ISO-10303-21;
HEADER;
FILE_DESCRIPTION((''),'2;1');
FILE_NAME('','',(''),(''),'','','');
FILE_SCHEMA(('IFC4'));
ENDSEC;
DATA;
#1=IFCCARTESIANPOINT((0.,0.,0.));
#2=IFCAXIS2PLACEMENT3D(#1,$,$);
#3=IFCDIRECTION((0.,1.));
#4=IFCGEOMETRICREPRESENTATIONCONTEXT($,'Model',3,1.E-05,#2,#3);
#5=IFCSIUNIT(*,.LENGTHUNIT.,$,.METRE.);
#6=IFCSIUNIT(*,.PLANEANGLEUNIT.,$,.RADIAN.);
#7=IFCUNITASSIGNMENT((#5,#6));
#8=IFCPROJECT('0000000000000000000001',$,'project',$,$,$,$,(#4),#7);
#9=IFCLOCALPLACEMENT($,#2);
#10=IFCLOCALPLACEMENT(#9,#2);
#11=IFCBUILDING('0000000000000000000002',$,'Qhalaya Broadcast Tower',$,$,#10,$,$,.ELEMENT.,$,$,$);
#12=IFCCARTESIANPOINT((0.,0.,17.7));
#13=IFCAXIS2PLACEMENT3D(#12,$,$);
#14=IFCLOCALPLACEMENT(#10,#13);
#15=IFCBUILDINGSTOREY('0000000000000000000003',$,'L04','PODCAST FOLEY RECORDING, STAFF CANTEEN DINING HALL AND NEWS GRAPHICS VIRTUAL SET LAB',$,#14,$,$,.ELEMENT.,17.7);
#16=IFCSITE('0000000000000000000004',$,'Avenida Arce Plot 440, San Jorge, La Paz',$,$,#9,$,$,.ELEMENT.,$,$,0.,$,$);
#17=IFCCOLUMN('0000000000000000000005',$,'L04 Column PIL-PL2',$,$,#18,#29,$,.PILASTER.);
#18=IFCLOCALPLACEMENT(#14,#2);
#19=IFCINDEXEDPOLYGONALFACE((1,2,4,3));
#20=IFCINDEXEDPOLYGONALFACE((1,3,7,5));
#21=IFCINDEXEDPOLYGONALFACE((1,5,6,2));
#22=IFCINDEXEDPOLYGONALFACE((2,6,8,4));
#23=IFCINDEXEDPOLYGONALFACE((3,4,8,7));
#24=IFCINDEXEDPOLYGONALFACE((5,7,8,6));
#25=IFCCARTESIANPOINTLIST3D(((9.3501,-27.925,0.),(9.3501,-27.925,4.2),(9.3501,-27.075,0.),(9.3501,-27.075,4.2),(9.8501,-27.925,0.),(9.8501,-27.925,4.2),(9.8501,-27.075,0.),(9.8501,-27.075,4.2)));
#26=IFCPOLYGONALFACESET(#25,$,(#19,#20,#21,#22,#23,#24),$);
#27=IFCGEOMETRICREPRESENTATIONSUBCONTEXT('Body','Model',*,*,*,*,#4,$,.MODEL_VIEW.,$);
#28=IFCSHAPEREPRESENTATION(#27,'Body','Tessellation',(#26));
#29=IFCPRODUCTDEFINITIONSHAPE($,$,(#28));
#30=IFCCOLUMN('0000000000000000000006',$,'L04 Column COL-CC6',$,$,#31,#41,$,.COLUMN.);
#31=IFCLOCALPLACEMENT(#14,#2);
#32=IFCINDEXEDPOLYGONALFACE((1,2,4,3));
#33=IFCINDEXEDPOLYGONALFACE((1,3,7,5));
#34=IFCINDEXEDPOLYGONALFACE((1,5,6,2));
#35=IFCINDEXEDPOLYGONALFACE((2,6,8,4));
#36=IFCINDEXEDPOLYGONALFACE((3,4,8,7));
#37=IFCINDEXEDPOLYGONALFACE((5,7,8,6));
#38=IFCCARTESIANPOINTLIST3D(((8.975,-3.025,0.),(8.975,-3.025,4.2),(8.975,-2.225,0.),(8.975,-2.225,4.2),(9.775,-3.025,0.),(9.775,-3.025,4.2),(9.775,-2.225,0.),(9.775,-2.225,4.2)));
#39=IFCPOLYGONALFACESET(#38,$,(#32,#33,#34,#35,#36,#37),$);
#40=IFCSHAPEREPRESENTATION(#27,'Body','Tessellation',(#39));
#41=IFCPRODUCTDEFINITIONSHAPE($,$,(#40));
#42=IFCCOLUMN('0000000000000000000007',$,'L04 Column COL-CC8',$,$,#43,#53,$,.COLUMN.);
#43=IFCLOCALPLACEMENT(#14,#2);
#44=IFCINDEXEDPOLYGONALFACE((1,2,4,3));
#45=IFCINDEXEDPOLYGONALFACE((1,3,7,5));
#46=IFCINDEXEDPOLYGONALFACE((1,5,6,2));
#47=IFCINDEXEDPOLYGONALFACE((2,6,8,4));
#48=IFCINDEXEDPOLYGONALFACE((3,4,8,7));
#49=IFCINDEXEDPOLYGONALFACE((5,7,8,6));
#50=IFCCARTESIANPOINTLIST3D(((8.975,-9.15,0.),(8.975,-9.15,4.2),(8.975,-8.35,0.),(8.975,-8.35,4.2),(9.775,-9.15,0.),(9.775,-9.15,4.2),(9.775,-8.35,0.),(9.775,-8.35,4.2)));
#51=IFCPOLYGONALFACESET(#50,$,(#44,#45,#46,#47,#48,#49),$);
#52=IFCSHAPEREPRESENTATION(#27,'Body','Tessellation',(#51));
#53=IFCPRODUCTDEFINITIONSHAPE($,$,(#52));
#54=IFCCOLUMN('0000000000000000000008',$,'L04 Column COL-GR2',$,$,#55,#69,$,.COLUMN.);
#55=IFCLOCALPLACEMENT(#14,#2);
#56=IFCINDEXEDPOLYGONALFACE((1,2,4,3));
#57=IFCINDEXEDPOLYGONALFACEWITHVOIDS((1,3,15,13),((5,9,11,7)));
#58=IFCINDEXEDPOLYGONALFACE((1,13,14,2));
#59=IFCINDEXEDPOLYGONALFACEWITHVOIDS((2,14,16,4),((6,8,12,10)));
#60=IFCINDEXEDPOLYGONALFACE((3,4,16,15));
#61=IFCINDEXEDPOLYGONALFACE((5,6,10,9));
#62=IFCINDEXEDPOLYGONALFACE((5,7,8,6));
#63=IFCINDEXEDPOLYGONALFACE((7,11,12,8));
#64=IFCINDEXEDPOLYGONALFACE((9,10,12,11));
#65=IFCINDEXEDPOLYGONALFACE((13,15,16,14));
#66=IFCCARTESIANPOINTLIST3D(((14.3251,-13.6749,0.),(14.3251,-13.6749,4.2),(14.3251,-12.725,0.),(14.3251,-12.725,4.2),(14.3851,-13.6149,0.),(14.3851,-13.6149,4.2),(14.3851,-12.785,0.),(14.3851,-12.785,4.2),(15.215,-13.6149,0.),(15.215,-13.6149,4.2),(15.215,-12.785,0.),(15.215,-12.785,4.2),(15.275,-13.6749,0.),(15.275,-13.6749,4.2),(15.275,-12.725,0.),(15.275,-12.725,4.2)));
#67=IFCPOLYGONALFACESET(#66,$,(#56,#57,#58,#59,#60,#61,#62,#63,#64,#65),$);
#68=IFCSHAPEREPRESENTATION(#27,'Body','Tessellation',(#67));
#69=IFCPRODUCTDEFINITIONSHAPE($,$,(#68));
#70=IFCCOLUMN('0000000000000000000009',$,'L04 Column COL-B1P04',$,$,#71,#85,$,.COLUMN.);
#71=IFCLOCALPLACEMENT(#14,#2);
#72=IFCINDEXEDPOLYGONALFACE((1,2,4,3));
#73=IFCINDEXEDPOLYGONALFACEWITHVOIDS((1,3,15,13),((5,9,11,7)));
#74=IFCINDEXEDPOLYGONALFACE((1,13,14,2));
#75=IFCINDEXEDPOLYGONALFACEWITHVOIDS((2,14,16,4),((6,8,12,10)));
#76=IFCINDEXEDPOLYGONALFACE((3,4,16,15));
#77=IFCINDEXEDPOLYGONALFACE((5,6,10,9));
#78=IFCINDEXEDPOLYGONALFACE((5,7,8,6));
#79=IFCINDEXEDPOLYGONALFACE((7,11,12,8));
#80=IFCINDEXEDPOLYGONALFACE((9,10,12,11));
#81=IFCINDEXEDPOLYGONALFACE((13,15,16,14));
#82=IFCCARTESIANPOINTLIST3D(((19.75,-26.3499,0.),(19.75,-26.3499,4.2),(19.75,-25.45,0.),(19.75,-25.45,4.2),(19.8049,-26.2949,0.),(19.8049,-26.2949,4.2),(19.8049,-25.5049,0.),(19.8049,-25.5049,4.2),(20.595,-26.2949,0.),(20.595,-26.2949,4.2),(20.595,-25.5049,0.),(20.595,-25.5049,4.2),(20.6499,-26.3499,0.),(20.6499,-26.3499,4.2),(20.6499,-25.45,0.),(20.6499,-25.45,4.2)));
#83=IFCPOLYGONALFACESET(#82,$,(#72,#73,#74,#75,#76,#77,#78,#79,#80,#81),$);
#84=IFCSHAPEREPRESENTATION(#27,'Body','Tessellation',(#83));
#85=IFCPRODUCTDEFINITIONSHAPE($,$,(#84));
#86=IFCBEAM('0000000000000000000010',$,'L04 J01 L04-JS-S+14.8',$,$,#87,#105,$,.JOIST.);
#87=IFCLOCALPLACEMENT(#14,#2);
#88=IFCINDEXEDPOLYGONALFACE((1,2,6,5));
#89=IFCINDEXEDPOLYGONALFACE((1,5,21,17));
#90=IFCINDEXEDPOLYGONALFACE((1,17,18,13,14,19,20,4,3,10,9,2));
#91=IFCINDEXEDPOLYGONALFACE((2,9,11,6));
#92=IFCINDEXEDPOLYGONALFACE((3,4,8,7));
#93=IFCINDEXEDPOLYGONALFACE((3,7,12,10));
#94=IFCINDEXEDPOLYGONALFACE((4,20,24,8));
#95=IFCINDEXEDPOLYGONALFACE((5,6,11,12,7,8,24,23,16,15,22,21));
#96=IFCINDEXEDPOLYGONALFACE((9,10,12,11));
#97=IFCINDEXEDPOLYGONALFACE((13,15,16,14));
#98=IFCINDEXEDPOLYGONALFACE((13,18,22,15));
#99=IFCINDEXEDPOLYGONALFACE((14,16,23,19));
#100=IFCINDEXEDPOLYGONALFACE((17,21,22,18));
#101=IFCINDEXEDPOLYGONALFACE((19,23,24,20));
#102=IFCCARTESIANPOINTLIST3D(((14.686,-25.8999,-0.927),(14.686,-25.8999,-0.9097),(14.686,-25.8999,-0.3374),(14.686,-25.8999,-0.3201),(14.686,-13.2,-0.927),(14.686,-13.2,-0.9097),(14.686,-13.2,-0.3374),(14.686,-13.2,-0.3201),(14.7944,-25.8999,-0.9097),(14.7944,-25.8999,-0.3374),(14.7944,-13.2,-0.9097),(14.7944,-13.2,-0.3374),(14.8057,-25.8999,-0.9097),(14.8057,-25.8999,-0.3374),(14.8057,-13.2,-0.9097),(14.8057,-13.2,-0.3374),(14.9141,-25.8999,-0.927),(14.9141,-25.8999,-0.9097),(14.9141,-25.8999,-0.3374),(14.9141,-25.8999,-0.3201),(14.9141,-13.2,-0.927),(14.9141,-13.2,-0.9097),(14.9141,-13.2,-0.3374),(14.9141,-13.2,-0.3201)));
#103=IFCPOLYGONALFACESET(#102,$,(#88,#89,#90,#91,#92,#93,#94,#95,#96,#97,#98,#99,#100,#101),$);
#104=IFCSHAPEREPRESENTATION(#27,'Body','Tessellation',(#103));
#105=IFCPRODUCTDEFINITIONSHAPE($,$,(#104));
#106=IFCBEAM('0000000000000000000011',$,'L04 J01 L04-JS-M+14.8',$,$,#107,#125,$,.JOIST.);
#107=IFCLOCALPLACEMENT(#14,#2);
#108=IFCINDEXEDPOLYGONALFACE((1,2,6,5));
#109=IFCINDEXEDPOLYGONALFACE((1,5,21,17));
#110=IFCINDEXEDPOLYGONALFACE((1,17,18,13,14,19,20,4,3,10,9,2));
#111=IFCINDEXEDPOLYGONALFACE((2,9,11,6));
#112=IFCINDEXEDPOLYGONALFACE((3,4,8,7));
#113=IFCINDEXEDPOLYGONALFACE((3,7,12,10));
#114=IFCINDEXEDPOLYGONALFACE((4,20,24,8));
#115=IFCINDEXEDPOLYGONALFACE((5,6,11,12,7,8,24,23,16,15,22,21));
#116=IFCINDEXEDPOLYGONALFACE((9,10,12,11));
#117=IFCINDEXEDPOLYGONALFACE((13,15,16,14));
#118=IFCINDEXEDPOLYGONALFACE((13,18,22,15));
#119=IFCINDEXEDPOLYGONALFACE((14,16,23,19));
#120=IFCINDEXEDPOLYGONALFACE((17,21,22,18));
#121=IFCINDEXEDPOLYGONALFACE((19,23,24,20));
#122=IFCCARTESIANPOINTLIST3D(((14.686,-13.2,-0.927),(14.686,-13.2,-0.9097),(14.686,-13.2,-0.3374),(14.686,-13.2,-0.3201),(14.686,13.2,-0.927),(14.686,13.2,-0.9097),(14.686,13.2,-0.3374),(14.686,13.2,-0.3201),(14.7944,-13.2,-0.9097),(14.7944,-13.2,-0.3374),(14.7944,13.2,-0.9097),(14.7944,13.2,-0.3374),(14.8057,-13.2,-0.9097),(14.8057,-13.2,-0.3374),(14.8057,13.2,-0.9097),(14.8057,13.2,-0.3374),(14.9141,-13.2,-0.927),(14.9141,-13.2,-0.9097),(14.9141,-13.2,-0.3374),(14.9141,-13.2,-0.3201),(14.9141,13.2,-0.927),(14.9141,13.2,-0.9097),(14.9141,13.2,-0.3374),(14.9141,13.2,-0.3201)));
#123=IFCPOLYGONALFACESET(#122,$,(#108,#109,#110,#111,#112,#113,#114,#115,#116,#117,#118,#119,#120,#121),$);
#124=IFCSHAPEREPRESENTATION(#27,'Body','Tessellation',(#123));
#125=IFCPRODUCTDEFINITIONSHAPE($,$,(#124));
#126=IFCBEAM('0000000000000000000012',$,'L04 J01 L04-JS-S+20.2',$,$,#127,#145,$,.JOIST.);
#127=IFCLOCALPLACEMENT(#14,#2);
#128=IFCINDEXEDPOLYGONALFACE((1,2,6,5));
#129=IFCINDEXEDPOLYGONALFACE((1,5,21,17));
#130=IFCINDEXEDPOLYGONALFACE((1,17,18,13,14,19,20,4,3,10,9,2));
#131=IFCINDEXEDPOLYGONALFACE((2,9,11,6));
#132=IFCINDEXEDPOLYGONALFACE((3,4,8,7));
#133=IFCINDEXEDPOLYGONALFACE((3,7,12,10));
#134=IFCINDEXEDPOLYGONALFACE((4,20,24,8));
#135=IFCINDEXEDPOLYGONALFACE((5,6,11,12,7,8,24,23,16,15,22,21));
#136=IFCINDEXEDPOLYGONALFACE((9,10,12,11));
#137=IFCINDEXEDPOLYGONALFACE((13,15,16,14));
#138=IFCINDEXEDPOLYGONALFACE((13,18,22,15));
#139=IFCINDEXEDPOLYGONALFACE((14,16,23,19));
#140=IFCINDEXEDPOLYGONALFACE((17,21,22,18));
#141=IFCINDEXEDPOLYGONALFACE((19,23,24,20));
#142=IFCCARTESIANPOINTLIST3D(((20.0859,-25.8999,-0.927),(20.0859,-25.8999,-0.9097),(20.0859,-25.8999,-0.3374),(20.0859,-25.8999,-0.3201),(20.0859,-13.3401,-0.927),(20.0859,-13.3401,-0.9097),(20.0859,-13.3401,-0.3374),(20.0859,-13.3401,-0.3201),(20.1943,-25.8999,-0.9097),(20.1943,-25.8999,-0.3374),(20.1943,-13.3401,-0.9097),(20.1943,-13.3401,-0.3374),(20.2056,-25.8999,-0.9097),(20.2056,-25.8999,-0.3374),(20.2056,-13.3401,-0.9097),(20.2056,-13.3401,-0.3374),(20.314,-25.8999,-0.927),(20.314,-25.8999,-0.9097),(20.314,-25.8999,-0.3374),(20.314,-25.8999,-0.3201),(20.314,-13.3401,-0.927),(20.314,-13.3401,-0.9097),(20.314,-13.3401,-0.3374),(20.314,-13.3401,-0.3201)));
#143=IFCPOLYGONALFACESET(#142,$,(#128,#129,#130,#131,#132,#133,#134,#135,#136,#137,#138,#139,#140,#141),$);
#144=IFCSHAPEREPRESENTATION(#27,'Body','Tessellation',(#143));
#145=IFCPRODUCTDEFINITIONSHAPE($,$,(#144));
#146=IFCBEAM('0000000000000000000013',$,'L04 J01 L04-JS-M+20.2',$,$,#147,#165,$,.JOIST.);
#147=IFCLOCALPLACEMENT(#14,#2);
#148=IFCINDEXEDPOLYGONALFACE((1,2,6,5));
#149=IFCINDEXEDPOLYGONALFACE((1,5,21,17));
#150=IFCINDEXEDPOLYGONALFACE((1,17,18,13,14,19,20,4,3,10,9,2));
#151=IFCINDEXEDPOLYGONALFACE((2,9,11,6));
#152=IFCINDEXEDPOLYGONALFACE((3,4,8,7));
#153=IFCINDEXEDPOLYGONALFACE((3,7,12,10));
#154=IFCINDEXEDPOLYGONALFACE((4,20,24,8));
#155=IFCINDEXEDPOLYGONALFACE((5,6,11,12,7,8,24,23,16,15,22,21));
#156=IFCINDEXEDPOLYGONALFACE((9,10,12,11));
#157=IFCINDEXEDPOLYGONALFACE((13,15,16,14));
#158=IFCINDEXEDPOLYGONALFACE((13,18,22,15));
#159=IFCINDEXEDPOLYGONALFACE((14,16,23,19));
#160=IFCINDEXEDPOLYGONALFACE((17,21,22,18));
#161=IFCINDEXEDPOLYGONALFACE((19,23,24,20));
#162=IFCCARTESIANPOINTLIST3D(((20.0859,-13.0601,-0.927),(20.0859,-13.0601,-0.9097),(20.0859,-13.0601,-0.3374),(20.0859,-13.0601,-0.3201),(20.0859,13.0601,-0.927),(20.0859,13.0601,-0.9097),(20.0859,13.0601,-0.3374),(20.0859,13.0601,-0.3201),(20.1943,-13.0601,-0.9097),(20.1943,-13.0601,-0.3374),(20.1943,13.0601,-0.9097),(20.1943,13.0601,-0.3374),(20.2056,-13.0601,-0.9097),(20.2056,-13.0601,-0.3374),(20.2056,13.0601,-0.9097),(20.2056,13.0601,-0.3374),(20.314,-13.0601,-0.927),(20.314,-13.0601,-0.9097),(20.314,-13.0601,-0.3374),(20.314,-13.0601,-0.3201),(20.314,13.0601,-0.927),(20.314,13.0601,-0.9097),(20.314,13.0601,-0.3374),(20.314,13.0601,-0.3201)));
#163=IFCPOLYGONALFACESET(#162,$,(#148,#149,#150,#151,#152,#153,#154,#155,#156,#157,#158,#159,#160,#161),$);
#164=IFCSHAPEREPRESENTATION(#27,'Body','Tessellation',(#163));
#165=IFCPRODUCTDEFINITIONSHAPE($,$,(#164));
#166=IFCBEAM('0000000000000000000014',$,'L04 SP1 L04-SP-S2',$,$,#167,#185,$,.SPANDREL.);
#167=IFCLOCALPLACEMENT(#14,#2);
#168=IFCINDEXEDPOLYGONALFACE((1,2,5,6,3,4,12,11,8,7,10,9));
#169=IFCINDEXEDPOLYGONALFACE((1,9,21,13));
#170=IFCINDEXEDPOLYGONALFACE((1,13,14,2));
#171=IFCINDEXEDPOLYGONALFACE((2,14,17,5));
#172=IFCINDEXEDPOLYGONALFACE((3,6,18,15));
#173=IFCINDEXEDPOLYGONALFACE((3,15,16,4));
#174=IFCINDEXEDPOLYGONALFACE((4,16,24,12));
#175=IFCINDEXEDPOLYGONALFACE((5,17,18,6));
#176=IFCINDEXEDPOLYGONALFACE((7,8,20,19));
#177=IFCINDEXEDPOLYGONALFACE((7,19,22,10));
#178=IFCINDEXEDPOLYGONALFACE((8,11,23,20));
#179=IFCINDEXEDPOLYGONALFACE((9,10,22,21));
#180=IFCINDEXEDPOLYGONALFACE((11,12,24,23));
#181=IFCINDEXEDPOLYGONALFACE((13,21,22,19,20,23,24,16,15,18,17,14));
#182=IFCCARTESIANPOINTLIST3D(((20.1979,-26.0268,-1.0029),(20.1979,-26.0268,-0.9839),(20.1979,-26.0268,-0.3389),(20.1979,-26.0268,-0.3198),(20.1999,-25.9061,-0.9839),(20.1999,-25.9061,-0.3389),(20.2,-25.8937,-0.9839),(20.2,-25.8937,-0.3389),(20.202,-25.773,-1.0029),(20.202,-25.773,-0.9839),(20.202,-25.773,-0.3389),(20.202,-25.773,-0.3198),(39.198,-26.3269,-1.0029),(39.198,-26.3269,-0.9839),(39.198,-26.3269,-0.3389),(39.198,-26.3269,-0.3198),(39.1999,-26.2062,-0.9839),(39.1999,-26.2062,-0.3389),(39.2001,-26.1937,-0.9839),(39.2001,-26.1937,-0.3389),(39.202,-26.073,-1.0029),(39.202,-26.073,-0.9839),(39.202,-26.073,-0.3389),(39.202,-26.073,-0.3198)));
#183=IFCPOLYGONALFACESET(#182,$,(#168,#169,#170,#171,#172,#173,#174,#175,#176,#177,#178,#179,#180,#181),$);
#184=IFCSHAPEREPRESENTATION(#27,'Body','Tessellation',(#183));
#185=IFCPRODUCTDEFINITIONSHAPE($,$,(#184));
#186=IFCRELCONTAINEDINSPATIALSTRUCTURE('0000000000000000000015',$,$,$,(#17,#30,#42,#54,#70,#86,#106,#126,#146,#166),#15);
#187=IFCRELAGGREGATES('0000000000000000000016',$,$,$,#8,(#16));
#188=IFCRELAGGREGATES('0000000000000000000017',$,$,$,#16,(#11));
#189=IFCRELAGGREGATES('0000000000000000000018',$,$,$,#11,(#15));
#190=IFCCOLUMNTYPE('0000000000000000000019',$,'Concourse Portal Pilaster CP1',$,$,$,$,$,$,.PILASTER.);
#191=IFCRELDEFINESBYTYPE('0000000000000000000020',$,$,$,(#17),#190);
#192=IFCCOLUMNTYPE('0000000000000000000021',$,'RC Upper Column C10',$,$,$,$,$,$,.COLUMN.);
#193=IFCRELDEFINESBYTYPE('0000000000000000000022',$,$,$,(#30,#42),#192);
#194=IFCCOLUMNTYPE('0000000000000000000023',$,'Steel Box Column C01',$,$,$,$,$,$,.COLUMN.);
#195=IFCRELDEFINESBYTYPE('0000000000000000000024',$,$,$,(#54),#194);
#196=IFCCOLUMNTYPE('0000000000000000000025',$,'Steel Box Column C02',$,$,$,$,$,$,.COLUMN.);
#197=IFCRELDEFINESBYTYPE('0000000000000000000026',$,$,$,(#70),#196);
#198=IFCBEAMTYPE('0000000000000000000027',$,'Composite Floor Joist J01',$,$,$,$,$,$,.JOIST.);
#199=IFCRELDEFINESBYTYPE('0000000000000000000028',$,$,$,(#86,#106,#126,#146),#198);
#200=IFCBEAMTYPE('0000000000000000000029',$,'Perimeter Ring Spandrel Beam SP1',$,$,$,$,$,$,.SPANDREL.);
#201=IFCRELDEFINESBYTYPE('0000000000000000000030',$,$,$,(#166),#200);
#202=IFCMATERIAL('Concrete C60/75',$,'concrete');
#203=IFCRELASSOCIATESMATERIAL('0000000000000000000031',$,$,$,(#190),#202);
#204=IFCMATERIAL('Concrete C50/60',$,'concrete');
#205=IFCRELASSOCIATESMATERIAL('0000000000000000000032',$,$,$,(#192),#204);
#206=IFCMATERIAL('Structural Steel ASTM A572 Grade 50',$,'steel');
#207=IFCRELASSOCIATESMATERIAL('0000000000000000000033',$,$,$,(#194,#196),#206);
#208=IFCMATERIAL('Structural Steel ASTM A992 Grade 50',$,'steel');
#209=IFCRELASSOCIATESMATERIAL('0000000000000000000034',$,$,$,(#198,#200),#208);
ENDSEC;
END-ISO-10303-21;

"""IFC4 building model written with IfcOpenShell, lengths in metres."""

from ifc_helpers import new_model, si_unit, direction, frame, origin, origin_2d, place, context, subcontext, project, spatial, rectangle, hollow_rectangle, i_section, extrude, material, material_profile, profile_set, type_object, element, save


model = new_model("IFC4")

# Units and contexts
model_context = context("Model", 3, precision=1e-05, world=origin(), true_north=direction((0.0, 1.0)))
body_context = subcontext(model_context, "Body", "Model", "MODEL_VIEW")
ifc_project = project(units=[si_unit("LENGTHUNIT", "METRE"), si_unit("PLANEANGLEUNIT", "RADIAN")], contexts=[model_context])

# Site, building, storey
site_placement = place(None, origin())
site = spatial("IfcSite", under=ifc_project, at=site_placement, Name="Avenida Arce Plot 440, San Jorge, La Paz", CompositionType="ELEMENT", RefElevation=0.0)
building_placement = place(site_placement, origin())
building = spatial("IfcBuilding", under=site, at=building_placement, Name="Qhalaya Broadcast Tower", CompositionType="ELEMENT")
storey_placement = place(building_placement, frame((0.0, 0.0, 17.7)))
storey = spatial("IfcBuildingStorey", under=building, at=storey_placement, Name="L04", Description="PODCAST FOLEY RECORDING, STAFF CANTEEN DINING HALL AND NEWS GRAPHICS VIRTUAL SET LAB", CompositionType="ELEMENT", Elevation=17.7)

# Columns
ifc_material_1 = material(Name="Concrete C60/75", Category="concrete")
ifc_material_profile_1 = material_profile(ifc_material_1, rectangle(XDim=0.5, YDim=0.8501, at=origin_2d()), Name="RC-PIL 500x850")
ifc_profile_set_1 = profile_set([ifc_material_profile_1], Name="Concrete C60/75")
column_type_1 = type_object("IfcColumnType", Name="Concourse Portal Pilaster CP1", PredefinedType="PILASTER", material=ifc_profile_set_1)
column_1_placement = place(storey_placement, frame((9.6001, -27.5, 0.0), z_axis=(0.0, 0.0, 1.0), x_axis=(1.0, 0.0, 0.0)))
element("IfcColumn", 1, at=column_1_placement, inside=storey, type_object=column_type_1, Name="L04 Column PIL-PL2", PredefinedType="PILASTER", context=body_context, shape_type="SweptSolid", body=[
    extrude(rectangle(XDim=0.5, YDim=0.8501, at=origin_2d()), origin(), (0.0, 0.0, 1.0), 4.2),
])
ifc_material_2 = material(Name="Concrete C50/60", Category="concrete")
ifc_material_profile_2 = material_profile(ifc_material_2, rectangle(XDim=0.8, YDim=0.8, at=origin_2d()), Name="RC-COL 800x800")
ifc_profile_set_2 = profile_set([ifc_material_profile_2], Name="Concrete C50/60")
column_type_2 = type_object("IfcColumnType", Name="RC Upper Column C10", PredefinedType="COLUMN", material=ifc_profile_set_2)
for number, where, z_axis, x_axis, name in (
    (2, (9.375, -2.625, 0.0), (0.0, 0.0, 1.0), (1.0, 0.0, 0.0), "L04 Column COL-CC6"),
    (3, (9.375, -8.75, 0.0), (0.0, 0.0, 1.0), (1.0, 0.0, 0.0), "L04 Column COL-CC8"),
):
    element("IfcColumn", number, at=place(storey_placement, frame(where, z_axis=z_axis, x_axis=x_axis)), inside=storey, type_object=column_type_2, Name=name, PredefinedType="COLUMN", context=body_context, shape_type="SweptSolid", body=[
        extrude(rectangle(XDim=0.8, YDim=0.8, at=origin_2d()), origin(), (0.0, 0.0, 1.0), 4.2),
    ])
ifc_material_3 = material(Name="Structural Steel ASTM A572 Grade 50", Category="steel")
ifc_material_profile_3 = material_profile(ifc_material_3, hollow_rectangle(XDim=0.95, YDim=0.95, WallThickness=0.0601, at=origin_2d()), Name="BOX 950x950x60")
ifc_profile_set_3 = profile_set([ifc_material_profile_3], Name="Structural Steel ASTM A572 Grade 50")
column_type_3 = type_object("IfcColumnType", Name="Steel Box Column C01", PredefinedType="COLUMN", material=ifc_profile_set_3)
column_2_placement = place(storey_placement, frame((14.8, -13.2, 0.0), z_axis=(0.0, 0.0, 1.0), x_axis=(1.0, 0.0, 0.0)))
element("IfcColumn", 4, at=column_2_placement, inside=storey, type_object=column_type_3, Name="L04 Column COL-GR2", PredefinedType="COLUMN", context=body_context, shape_type="SweptSolid", body=[
    extrude(hollow_rectangle(XDim=0.95, YDim=0.95, WallThickness=0.0601, at=origin_2d()), origin(), (0.0, 0.0, 1.0), 4.2),
])
ifc_material_profile_4 = material_profile(ifc_material_3, hollow_rectangle(XDim=0.8999, YDim=0.8999, WallThickness=0.0549, at=origin_2d()), Name="BOX 900x900x55")
ifc_profile_set_4 = profile_set([ifc_material_profile_4], Name="Structural Steel ASTM A572 Grade 50")
column_type_4 = type_object("IfcColumnType", Name="Steel Box Column C02", PredefinedType="COLUMN", material=ifc_profile_set_4)
column_3_placement = place(storey_placement, frame((20.2, -25.8999, 0.0), z_axis=(0.0, 0.0, 1.0), x_axis=(1.0, 0.0, 0.0)))
element("IfcColumn", 5, at=column_3_placement, inside=storey, type_object=column_type_4, Name="L04 Column COL-B1P04", PredefinedType="COLUMN", context=body_context, shape_type="SweptSolid", body=[
    extrude(hollow_rectangle(XDim=0.8999, YDim=0.8999, WallThickness=0.0549, at=origin_2d()), origin(), (0.0, 0.0, 1.0), 4.2),
])

# Beams
ifc_material_4 = material(Name="Structural Steel ASTM A992 Grade 50", Category="steel")
ifc_material_profile_5 = material_profile(ifc_material_4, i_section(OverallWidth=0.228, OverallDepth=0.6069, WebThickness=0.0112, FlangeThickness=0.0173, at=origin_2d()), Name="W24X76")
ifc_profile_set_5 = profile_set([ifc_material_profile_5], Name="Structural Steel ASTM A992 Grade 50")
beam_type_1 = type_object("IfcBeamType", Name="Composite Floor Joist J01", PredefinedType="JOIST", material=ifc_profile_set_5)
beam_1_placement = place(storey_placement, frame((14.8, -25.8999, -0.6235), z_axis=(0.0, 1.0, 0.0), x_axis=(-1.0, 0.0, 0.0)))
element("IfcBeam", 6, at=beam_1_placement, inside=storey, type_object=beam_type_1, Name="L04 J01 L04-JS-S+14.8", PredefinedType="JOIST", context=body_context, shape_type="SweptSolid", body=[
    extrude(i_section(OverallWidth=0.228, OverallDepth=0.6069, WebThickness=0.0112, FlangeThickness=0.0173, at=origin_2d()), origin(), (0.0, 0.0, 1.0), 12.7),
])
beam_2_placement = place(storey_placement, frame((14.8, -13.2, -0.6235), z_axis=(0.0, 1.0, 0.0), x_axis=(-1.0, 0.0, 0.0)))
element("IfcBeam", 7, at=beam_2_placement, inside=storey, type_object=beam_type_1, Name="L04 J01 L04-JS-M+14.8", PredefinedType="JOIST", context=body_context, shape_type="SweptSolid", body=[
    extrude(i_section(OverallWidth=0.228, OverallDepth=0.6069, WebThickness=0.0112, FlangeThickness=0.0173, at=origin_2d()), origin(), (0.0, 0.0, 1.0), 26.3999),
])
beam_3_placement = place(storey_placement, frame((20.2, -25.8999, -0.6235), z_axis=(0.0, 1.0, 0.0), x_axis=(-1.0, 0.0, 0.0)))
element("IfcBeam", 8, at=beam_3_placement, inside=storey, type_object=beam_type_1, Name="L04 J01 L04-JS-S+20.2", PredefinedType="JOIST", context=body_context, shape_type="SweptSolid", body=[
    extrude(i_section(OverallWidth=0.228, OverallDepth=0.6069, WebThickness=0.0112, FlangeThickness=0.0173, at=origin_2d()), origin(), (0.0, 0.0, 1.0), 12.5598),
])
beam_4_placement = place(storey_placement, frame((20.2, -13.0601, -0.6235), z_axis=(0.0, 1.0, 0.0), x_axis=(-1.0, 0.0, 0.0)))
element("IfcBeam", 9, at=beam_4_placement, inside=storey, type_object=beam_type_1, Name="L04 J01 L04-JS-M+20.2", PredefinedType="JOIST", context=body_context, shape_type="SweptSolid", body=[
    extrude(i_section(OverallWidth=0.228, OverallDepth=0.6069, WebThickness=0.0112, FlangeThickness=0.0173, at=origin_2d()), origin(), (0.0, 0.0, 1.0), 26.1201),
])
ifc_material_profile_6 = material_profile(ifc_material_4, i_section(OverallWidth=0.2539, OverallDepth=0.6831, WebThickness=0.0125, FlangeThickness=0.019, at=origin_2d()), Name="W27X94")
ifc_profile_set_6 = profile_set([ifc_material_profile_6], Name="Structural Steel ASTM A992 Grade 50")
beam_type_2 = type_object("IfcBeamType", Name="Perimeter Ring Spandrel Beam SP1", PredefinedType="SPANDREL", material=ifc_profile_set_6)
beam_5_placement = place(storey_placement, frame((20.2, -25.8999, -0.6614), z_axis=(0.999875, -0.01579, 0.0), x_axis=(0.01579, 0.999875, 0.0)))
element("IfcBeam", 10, at=beam_5_placement, inside=storey, type_object=beam_type_2, Name="L04 SP1 L04-SP-S2", PredefinedType="SPANDREL", context=body_context, shape_type="SweptSolid", body=[
    extrude(i_section(OverallWidth=0.2539, OverallDepth=0.6831, WebThickness=0.0125, FlangeThickness=0.019, at=origin_2d()), origin(), (0.0, 0.0, 1.0), 19.0024),
])

save(model, "model.ifc")
